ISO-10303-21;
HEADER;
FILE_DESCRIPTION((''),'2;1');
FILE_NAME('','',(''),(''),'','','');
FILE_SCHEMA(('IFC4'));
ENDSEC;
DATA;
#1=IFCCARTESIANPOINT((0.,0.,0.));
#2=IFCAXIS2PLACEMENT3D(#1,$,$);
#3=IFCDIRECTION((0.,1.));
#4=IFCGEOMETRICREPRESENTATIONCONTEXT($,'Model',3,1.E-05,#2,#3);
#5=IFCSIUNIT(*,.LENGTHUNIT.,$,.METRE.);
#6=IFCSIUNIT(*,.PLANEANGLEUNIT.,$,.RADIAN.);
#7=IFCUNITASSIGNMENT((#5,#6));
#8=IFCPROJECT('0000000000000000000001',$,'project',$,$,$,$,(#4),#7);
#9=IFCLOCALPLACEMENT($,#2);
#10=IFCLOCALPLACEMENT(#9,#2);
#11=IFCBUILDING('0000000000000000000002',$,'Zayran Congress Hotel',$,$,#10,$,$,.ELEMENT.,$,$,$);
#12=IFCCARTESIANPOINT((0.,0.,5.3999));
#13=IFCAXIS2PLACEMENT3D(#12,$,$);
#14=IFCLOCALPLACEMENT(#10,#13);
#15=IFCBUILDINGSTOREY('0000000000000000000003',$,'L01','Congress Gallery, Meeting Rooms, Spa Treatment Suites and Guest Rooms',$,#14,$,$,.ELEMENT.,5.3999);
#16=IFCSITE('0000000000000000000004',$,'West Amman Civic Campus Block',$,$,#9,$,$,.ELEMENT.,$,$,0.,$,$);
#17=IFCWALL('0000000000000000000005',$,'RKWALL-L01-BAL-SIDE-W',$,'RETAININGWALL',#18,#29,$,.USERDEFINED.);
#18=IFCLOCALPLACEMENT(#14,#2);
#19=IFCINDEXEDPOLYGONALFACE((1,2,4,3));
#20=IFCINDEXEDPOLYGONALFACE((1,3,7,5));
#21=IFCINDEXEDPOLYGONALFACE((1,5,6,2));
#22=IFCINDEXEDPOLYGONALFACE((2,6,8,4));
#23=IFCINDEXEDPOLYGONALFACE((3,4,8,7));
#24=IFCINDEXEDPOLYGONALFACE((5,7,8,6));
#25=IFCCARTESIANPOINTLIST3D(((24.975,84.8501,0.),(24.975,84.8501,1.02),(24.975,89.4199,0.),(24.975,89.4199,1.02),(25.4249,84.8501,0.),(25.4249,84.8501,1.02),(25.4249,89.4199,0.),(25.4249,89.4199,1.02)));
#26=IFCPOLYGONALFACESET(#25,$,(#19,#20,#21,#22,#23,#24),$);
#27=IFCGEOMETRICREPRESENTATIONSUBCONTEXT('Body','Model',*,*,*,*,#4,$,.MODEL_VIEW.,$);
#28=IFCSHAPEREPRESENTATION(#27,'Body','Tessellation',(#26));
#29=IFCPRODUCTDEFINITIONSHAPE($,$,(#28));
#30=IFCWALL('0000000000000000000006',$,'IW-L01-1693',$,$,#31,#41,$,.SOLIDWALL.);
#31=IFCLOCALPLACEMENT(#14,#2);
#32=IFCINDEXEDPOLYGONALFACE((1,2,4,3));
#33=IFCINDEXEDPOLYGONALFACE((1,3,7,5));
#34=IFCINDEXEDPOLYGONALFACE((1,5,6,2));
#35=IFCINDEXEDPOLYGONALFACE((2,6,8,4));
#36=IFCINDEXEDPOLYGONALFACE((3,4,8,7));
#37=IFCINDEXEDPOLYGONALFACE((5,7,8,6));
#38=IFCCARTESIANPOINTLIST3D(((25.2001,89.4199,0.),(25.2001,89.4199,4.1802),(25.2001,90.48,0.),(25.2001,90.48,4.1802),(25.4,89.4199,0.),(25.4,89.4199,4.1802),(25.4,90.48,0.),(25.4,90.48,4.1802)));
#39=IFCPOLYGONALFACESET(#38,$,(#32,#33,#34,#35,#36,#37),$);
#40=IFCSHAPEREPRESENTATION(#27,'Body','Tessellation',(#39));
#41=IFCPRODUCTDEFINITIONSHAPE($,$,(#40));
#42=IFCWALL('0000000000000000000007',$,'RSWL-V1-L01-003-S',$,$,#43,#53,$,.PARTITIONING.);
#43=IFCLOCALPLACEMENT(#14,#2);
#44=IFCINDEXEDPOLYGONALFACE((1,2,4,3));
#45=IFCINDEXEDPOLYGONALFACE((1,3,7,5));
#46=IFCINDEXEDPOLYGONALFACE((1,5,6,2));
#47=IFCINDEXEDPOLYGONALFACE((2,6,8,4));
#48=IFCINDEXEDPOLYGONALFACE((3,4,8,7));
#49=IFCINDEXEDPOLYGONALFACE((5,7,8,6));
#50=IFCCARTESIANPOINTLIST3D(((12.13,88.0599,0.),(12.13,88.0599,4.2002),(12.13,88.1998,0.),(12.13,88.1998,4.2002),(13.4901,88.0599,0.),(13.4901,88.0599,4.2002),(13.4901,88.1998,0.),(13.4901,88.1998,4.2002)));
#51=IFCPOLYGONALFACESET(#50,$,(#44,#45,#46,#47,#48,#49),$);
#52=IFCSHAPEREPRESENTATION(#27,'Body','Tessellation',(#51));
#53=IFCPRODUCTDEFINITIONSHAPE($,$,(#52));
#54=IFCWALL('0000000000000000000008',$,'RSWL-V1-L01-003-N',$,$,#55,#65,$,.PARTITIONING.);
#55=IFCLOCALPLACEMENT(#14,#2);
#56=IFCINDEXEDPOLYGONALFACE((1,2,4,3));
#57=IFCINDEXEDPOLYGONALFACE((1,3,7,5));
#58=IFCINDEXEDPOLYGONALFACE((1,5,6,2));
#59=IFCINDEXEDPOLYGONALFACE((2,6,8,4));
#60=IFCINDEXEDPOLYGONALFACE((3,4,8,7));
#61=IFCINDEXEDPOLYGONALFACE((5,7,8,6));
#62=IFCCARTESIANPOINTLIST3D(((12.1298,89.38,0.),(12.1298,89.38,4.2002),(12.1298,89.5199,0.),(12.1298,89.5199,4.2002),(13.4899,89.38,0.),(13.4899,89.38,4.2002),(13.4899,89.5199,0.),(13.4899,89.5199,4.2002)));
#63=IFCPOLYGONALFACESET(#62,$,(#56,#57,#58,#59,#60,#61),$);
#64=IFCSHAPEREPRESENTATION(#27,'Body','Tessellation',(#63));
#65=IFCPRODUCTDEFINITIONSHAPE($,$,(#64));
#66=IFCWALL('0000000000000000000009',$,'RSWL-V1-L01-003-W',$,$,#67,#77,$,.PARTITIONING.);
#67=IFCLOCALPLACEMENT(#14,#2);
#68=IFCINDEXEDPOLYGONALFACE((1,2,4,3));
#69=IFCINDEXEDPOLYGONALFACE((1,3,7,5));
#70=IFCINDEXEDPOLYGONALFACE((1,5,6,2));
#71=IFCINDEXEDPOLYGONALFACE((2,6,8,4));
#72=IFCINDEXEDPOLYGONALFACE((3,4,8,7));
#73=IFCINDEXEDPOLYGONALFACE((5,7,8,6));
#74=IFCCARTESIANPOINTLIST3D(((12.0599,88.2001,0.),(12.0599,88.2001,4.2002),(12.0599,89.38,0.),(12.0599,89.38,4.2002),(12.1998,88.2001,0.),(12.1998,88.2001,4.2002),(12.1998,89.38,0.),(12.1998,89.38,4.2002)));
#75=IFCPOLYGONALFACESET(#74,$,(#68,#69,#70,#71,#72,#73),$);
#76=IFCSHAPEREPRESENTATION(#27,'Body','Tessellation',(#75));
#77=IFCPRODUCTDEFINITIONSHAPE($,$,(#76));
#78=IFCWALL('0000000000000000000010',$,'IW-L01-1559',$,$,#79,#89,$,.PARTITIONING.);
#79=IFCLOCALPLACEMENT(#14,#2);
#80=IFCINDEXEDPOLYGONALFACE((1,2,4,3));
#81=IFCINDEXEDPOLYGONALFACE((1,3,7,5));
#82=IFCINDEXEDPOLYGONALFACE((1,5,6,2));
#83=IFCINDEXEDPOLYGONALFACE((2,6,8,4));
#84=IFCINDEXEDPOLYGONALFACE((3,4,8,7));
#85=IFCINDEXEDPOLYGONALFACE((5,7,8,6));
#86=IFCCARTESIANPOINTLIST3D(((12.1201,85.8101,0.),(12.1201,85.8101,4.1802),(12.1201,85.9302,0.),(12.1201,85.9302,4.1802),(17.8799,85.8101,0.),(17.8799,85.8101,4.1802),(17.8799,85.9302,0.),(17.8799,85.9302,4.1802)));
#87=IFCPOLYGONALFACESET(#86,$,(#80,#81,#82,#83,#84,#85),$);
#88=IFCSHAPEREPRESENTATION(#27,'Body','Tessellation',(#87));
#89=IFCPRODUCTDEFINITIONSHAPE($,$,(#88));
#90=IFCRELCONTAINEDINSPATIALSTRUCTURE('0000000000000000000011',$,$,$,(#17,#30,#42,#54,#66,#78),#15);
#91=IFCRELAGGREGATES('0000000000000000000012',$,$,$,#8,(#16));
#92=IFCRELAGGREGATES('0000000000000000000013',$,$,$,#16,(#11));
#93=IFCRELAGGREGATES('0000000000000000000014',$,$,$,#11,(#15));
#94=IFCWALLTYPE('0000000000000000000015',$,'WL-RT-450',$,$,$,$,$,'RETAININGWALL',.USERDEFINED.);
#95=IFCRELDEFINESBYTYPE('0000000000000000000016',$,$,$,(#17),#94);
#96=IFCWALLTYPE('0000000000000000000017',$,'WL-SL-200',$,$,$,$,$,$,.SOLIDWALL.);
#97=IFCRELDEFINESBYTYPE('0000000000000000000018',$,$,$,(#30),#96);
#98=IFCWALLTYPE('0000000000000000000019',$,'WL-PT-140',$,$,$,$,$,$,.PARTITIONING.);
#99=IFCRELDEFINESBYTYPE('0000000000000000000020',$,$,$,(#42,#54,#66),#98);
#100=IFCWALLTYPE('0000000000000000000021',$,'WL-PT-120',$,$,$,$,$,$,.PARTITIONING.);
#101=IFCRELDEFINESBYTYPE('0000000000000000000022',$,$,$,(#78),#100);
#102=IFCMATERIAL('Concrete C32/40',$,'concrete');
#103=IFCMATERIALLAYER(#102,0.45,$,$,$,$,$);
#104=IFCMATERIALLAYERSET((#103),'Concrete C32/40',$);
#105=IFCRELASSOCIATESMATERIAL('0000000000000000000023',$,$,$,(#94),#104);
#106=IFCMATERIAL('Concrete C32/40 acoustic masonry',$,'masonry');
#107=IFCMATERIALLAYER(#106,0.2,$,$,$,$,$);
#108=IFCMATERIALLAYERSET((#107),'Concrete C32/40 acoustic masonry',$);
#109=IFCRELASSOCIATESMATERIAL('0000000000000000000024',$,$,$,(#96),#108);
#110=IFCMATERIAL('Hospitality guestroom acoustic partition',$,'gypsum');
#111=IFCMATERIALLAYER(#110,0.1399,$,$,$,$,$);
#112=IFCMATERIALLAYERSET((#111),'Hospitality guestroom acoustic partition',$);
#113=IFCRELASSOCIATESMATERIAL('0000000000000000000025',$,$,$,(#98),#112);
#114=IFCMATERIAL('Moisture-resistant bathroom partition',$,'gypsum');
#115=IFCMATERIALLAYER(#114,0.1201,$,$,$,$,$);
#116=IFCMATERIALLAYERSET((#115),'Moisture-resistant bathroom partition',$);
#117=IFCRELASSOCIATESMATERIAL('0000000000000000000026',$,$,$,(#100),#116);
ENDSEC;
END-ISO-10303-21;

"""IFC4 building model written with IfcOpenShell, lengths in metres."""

from ifc_helpers import new_model, si_unit, direction, frame, frame_2d, origin, place, context, subcontext, project, spatial, rectangle, extrude, material, layer, layer_set, type_object, element, save


model = new_model("IFC4")

# Units and contexts
model_context = context("Model", 3, precision=1e-05, world=origin(), true_north=direction((0.0, 1.0)))
body_context = subcontext(model_context, "Body", "Model", "MODEL_VIEW")
ifc_project = project(units=[si_unit("LENGTHUNIT", "METRE"), si_unit("PLANEANGLEUNIT", "RADIAN")], contexts=[model_context])

# Site, building, storey
site_placement = place(None, origin())
site = spatial("IfcSite", under=ifc_project, at=site_placement, Name="West Amman Civic Campus Block", CompositionType="ELEMENT", RefElevation=0.0)
building_placement = place(site_placement, origin())
building = spatial("IfcBuilding", under=site, at=building_placement, Name="Zayran Congress Hotel", CompositionType="ELEMENT")
storey_placement = place(building_placement, frame((0.0, 0.0, 5.3999)))
storey = spatial("IfcBuildingStorey", under=building, at=storey_placement, Name="L01", Description="Congress Gallery, Meeting Rooms, Spa Treatment Suites and Guest Rooms", CompositionType="ELEMENT", Elevation=5.3999)

# Walls
ifc_material_1 = material(Name="Concrete C32/40", Category="concrete")
ifc_layer_1 = layer(ifc_material_1, 0.45)
ifc_layer_set_1 = layer_set([ifc_layer_1], Name="Concrete C32/40")
wall_type_1 = type_object("IfcWallType", Name="WL-RT-450", ElementType="RETAININGWALL", PredefinedType="USERDEFINED", material=ifc_layer_set_1)
wall_1_placement = place(storey_placement, frame((25.2, 84.8501, 0.0), z_axis=(0.0, 0.0, 1.0), x_axis=(0.0, 1.0, 0.0)))
element("IfcWall", 1, at=wall_1_placement, inside=storey, type_object=wall_type_1, Name="RKWALL-L01-BAL-SIDE-W", ObjectType="RETAININGWALL", PredefinedType="USERDEFINED", context=body_context, shape_type="SweptSolid", body=[
    extrude(rectangle(XDim=4.5698, YDim=0.45, at=frame_2d((2.2849, 0.0))), origin(), (0.0, 0.0, 1.0), 1.02),
])
ifc_material_2 = material(Name="Concrete C32/40 acoustic masonry", Category="masonry")
ifc_layer_2 = layer(ifc_material_2, 0.2)
ifc_layer_set_2 = layer_set([ifc_layer_2], Name="Concrete C32/40 acoustic masonry")
wall_type_2 = type_object("IfcWallType", Name="WL-SL-200", PredefinedType="SOLIDWALL", material=ifc_layer_set_2)
wall_2_placement = place(storey_placement, frame((25.3, 89.4199, 0.0), z_axis=(0.0, 0.0, 1.0), x_axis=(0.0, 1.0, 0.0)))
element("IfcWall", 2, at=wall_2_placement, inside=storey, type_object=wall_type_2, Name="IW-L01-1693", PredefinedType="SOLIDWALL", context=body_context, shape_type="SweptSolid", body=[
    extrude(rectangle(XDim=1.0601, YDim=0.2, at=frame_2d((0.53, 0.0))), origin(), (0.0, 0.0, 1.0), 4.1802),
])
ifc_material_3 = material(Name="Hospitality guestroom acoustic partition", Category="gypsum")
ifc_layer_3 = layer(ifc_material_3, 0.1399)
ifc_layer_set_3 = layer_set([ifc_layer_3], Name="Hospitality guestroom acoustic partition")
wall_type_3 = type_object("IfcWallType", Name="WL-PT-140", PredefinedType="PARTITIONING", material=ifc_layer_set_3)
for number, where, z_axis, x_axis, name in (
    (3, (12.1299, 88.1299, 0.0), (0.0, 0.0, 1.0), (1.0, 0.0, 0.0), "RSWL-V1-L01-003-S"),
    (4, (13.49, 89.45, 0.0), (0.0, 0.0, 1.0), (-1.0, 0.0, 0.0), "RSWL-V1-L01-003-N"),
):
    element("IfcWall", number, at=place(storey_placement, frame(where, z_axis=z_axis, x_axis=x_axis)), inside=storey, type_object=wall_type_3, Name=name, PredefinedType="PARTITIONING", context=body_context, shape_type="SweptSolid", body=[
        extrude(rectangle(XDim=1.3601, YDim=0.1399, at=frame_2d((0.6802, 0.0))), origin(), (0.0, 0.0, 1.0), 4.2002),
    ])
for number, where, z_axis, x_axis, name in (
    (5, (12.1299, 89.3799, 0.0), (0.0, 0.0, 1.0), (0.0, -1.0, 0.0), "RSWL-V1-L01-003-W"),
):
    element("IfcWall", number, at=place(storey_placement, frame(where, z_axis=z_axis, x_axis=x_axis)), inside=storey, type_object=wall_type_3, Name=name, PredefinedType="PARTITIONING", context=body_context, shape_type="SweptSolid", body=[
        extrude(rectangle(XDim=1.1799, YDim=0.1399, at=frame_2d((0.5898, 0.0))), origin(), (0.0, 0.0, 1.0), 4.2002),
    ])
ifc_material_4 = material(Name="Moisture-resistant bathroom partition", Category="gypsum")
ifc_layer_4 = layer(ifc_material_4, 0.1201)
ifc_layer_set_4 = layer_set([ifc_layer_4], Name="Moisture-resistant bathroom partition")
wall_type_4 = type_object("IfcWallType", Name="WL-PT-120", PredefinedType="PARTITIONING", material=ifc_layer_set_4)
wall_3_placement = place(storey_placement, frame((12.1201, 85.8701, 0.0), z_axis=(0.0, 0.0, 1.0), x_axis=(1.0, 0.0, 0.0)))
element("IfcWall", 6, at=wall_3_placement, inside=storey, type_object=wall_type_4, Name="IW-L01-1559", PredefinedType="PARTITIONING", context=body_context, shape_type="SweptSolid", body=[
    extrude(rectangle(XDim=5.7598, YDim=0.1201, at=frame_2d((2.8799, 0.0))), origin(), (0.0, 0.0, 1.0), 4.1802),
])

save(model, "model.ifc")
